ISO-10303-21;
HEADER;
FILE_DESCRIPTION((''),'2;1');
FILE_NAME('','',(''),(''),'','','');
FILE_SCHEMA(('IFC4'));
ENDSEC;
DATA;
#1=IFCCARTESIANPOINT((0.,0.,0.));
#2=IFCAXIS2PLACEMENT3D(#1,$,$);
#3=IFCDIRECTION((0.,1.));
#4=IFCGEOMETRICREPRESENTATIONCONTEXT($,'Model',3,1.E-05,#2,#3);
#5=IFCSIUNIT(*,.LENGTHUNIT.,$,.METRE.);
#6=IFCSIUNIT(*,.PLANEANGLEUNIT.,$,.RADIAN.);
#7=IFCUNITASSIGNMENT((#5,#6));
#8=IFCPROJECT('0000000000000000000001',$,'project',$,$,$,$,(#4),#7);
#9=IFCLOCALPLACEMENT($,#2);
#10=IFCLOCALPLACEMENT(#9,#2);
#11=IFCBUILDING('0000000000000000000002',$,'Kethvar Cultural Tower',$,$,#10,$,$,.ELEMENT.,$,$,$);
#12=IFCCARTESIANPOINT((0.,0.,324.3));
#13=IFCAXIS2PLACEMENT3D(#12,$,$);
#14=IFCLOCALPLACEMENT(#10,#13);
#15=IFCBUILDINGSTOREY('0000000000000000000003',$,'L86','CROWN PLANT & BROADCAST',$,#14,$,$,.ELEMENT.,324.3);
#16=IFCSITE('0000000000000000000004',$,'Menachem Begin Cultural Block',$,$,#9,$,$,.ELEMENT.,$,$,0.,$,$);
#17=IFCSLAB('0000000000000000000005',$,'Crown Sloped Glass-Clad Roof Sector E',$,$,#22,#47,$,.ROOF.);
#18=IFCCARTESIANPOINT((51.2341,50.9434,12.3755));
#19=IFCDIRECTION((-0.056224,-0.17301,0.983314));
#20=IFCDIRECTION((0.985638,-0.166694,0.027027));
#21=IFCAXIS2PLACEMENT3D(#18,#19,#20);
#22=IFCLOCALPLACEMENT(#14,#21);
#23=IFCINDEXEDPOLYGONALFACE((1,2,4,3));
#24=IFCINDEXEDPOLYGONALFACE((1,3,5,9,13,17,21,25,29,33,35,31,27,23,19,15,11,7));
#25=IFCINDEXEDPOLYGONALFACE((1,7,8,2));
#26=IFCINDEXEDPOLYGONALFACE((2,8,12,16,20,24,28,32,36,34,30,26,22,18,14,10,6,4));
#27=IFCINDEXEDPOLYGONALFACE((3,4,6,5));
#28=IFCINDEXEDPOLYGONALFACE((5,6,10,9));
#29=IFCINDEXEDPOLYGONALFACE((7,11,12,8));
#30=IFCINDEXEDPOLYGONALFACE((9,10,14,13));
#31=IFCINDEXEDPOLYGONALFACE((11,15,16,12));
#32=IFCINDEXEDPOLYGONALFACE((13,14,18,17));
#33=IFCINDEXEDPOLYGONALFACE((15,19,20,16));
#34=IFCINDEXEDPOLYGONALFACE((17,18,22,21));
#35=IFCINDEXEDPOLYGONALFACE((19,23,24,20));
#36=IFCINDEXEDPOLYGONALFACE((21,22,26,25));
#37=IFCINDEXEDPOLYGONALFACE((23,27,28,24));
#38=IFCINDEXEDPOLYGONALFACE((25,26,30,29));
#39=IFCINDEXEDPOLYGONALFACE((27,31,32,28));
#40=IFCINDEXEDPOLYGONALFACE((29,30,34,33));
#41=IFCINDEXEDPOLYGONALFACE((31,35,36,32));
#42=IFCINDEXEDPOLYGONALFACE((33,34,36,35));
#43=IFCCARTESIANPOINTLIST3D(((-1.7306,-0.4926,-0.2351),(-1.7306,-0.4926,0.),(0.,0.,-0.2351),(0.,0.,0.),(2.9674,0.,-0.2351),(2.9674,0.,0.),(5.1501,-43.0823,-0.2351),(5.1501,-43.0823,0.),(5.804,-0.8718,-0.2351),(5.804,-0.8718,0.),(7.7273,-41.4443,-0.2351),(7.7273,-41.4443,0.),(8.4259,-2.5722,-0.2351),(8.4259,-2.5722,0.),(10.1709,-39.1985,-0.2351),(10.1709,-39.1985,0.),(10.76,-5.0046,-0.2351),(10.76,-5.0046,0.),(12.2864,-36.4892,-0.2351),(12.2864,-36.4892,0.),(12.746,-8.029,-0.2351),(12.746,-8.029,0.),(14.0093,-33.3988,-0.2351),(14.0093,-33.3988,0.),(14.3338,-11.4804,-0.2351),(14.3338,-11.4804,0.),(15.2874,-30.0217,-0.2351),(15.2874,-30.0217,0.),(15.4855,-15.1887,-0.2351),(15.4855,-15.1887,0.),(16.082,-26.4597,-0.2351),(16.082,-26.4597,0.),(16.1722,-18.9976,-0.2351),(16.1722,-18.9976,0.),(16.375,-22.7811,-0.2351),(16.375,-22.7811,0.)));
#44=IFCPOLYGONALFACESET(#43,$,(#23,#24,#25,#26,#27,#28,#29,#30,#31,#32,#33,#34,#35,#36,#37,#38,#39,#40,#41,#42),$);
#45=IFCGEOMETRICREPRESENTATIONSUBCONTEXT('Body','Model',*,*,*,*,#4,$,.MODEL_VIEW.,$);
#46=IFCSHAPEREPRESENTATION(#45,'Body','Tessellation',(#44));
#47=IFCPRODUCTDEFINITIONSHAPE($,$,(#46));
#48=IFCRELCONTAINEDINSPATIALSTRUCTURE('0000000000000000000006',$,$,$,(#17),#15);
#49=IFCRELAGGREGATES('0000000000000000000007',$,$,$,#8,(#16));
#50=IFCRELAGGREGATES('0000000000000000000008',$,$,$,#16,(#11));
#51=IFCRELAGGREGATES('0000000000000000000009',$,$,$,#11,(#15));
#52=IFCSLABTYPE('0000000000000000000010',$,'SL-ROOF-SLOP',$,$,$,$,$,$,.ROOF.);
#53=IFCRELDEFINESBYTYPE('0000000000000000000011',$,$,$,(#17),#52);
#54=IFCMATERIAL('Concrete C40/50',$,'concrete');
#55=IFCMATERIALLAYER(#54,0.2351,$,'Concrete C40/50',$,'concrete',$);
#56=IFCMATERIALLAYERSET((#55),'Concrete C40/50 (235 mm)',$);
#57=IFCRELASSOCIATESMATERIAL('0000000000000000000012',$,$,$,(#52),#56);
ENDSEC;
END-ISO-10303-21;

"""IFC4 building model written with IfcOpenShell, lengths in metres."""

from ifc_helpers import new_model, si_unit, direction, frame, origin, place, context, subcontext, project, spatial, polyline, outline, extrude, material, layer, layer_set, type_object, element, save


model = new_model("IFC4")

# Units and contexts
model_context = context("Model", 3, precision=1e-05, world=origin(), true_north=direction((0.0, 1.0)))
body_context = subcontext(model_context, "Body", "Model", "MODEL_VIEW")
ifc_project = project(units=[si_unit("LENGTHUNIT", "METRE"), si_unit("PLANEANGLEUNIT", "RADIAN")], contexts=[model_context])

# Site, building, storey
site_placement = place(None, origin())
site = spatial("IfcSite", under=ifc_project, at=site_placement, Name="Menachem Begin Cultural Block", CompositionType="ELEMENT", RefElevation=0.0)
building_placement = place(site_placement, origin())
building = spatial("IfcBuilding", under=site, at=building_placement, Name="Kethvar Cultural Tower", CompositionType="ELEMENT")
storey_placement = place(building_placement, frame((0.0, 0.0, 324.3)))
storey = spatial("IfcBuildingStorey", under=building, at=storey_placement, Name="L86", Description="CROWN PLANT & BROADCAST", CompositionType="ELEMENT", Elevation=324.3)

# Slab
ifc_material_1 = material(Name="Concrete C40/50", Category="concrete")
ifc_layer_1 = layer(ifc_material_1, 0.2351, Name="Concrete C40/50", Category="concrete")
ifc_layer_set_1 = layer_set([ifc_layer_1], Name="Concrete C40/50 (235 mm)")
slab_type = type_object("IfcSlabType", Name="SL-ROOF-SLOP", PredefinedType="ROOF", material=ifc_layer_set_1)
slab_placement = place(storey_placement, frame((51.2341, 50.9434, 12.3755), z_axis=(-0.056224, -0.17301, 0.983314), x_axis=(0.985638, -0.166694, 0.027027)))
element("IfcSlab", 1, at=slab_placement, inside=storey, type_object=slab_type, Name="Crown Sloped Glass-Clad Roof Sector E", PredefinedType="ROOF", context=body_context, shape_type="SweptSolid", body=[
    extrude(outline(polyline([(0.0, 0.0), (2.9674, 0.0), (5.804, -0.8718), (8.4259, -2.5722), (10.76, -5.0046), (12.746, -8.029), (14.3338, -11.4804), (15.4855, -15.1887), (16.1722, -18.9976), (16.375, -22.7811), (16.082, -26.4597), (15.2874, -30.0217), (14.0093, -33.3988), (12.2864, -36.4892), (10.1709, -39.1985), (7.7273, -41.4443), (5.1501, -43.0823), (-1.7306, -0.4926), (0.0, 0.0)])), origin(), (0.0, 0.0, -1.0), 0.2351),
])

save(model, "model.ifc")
